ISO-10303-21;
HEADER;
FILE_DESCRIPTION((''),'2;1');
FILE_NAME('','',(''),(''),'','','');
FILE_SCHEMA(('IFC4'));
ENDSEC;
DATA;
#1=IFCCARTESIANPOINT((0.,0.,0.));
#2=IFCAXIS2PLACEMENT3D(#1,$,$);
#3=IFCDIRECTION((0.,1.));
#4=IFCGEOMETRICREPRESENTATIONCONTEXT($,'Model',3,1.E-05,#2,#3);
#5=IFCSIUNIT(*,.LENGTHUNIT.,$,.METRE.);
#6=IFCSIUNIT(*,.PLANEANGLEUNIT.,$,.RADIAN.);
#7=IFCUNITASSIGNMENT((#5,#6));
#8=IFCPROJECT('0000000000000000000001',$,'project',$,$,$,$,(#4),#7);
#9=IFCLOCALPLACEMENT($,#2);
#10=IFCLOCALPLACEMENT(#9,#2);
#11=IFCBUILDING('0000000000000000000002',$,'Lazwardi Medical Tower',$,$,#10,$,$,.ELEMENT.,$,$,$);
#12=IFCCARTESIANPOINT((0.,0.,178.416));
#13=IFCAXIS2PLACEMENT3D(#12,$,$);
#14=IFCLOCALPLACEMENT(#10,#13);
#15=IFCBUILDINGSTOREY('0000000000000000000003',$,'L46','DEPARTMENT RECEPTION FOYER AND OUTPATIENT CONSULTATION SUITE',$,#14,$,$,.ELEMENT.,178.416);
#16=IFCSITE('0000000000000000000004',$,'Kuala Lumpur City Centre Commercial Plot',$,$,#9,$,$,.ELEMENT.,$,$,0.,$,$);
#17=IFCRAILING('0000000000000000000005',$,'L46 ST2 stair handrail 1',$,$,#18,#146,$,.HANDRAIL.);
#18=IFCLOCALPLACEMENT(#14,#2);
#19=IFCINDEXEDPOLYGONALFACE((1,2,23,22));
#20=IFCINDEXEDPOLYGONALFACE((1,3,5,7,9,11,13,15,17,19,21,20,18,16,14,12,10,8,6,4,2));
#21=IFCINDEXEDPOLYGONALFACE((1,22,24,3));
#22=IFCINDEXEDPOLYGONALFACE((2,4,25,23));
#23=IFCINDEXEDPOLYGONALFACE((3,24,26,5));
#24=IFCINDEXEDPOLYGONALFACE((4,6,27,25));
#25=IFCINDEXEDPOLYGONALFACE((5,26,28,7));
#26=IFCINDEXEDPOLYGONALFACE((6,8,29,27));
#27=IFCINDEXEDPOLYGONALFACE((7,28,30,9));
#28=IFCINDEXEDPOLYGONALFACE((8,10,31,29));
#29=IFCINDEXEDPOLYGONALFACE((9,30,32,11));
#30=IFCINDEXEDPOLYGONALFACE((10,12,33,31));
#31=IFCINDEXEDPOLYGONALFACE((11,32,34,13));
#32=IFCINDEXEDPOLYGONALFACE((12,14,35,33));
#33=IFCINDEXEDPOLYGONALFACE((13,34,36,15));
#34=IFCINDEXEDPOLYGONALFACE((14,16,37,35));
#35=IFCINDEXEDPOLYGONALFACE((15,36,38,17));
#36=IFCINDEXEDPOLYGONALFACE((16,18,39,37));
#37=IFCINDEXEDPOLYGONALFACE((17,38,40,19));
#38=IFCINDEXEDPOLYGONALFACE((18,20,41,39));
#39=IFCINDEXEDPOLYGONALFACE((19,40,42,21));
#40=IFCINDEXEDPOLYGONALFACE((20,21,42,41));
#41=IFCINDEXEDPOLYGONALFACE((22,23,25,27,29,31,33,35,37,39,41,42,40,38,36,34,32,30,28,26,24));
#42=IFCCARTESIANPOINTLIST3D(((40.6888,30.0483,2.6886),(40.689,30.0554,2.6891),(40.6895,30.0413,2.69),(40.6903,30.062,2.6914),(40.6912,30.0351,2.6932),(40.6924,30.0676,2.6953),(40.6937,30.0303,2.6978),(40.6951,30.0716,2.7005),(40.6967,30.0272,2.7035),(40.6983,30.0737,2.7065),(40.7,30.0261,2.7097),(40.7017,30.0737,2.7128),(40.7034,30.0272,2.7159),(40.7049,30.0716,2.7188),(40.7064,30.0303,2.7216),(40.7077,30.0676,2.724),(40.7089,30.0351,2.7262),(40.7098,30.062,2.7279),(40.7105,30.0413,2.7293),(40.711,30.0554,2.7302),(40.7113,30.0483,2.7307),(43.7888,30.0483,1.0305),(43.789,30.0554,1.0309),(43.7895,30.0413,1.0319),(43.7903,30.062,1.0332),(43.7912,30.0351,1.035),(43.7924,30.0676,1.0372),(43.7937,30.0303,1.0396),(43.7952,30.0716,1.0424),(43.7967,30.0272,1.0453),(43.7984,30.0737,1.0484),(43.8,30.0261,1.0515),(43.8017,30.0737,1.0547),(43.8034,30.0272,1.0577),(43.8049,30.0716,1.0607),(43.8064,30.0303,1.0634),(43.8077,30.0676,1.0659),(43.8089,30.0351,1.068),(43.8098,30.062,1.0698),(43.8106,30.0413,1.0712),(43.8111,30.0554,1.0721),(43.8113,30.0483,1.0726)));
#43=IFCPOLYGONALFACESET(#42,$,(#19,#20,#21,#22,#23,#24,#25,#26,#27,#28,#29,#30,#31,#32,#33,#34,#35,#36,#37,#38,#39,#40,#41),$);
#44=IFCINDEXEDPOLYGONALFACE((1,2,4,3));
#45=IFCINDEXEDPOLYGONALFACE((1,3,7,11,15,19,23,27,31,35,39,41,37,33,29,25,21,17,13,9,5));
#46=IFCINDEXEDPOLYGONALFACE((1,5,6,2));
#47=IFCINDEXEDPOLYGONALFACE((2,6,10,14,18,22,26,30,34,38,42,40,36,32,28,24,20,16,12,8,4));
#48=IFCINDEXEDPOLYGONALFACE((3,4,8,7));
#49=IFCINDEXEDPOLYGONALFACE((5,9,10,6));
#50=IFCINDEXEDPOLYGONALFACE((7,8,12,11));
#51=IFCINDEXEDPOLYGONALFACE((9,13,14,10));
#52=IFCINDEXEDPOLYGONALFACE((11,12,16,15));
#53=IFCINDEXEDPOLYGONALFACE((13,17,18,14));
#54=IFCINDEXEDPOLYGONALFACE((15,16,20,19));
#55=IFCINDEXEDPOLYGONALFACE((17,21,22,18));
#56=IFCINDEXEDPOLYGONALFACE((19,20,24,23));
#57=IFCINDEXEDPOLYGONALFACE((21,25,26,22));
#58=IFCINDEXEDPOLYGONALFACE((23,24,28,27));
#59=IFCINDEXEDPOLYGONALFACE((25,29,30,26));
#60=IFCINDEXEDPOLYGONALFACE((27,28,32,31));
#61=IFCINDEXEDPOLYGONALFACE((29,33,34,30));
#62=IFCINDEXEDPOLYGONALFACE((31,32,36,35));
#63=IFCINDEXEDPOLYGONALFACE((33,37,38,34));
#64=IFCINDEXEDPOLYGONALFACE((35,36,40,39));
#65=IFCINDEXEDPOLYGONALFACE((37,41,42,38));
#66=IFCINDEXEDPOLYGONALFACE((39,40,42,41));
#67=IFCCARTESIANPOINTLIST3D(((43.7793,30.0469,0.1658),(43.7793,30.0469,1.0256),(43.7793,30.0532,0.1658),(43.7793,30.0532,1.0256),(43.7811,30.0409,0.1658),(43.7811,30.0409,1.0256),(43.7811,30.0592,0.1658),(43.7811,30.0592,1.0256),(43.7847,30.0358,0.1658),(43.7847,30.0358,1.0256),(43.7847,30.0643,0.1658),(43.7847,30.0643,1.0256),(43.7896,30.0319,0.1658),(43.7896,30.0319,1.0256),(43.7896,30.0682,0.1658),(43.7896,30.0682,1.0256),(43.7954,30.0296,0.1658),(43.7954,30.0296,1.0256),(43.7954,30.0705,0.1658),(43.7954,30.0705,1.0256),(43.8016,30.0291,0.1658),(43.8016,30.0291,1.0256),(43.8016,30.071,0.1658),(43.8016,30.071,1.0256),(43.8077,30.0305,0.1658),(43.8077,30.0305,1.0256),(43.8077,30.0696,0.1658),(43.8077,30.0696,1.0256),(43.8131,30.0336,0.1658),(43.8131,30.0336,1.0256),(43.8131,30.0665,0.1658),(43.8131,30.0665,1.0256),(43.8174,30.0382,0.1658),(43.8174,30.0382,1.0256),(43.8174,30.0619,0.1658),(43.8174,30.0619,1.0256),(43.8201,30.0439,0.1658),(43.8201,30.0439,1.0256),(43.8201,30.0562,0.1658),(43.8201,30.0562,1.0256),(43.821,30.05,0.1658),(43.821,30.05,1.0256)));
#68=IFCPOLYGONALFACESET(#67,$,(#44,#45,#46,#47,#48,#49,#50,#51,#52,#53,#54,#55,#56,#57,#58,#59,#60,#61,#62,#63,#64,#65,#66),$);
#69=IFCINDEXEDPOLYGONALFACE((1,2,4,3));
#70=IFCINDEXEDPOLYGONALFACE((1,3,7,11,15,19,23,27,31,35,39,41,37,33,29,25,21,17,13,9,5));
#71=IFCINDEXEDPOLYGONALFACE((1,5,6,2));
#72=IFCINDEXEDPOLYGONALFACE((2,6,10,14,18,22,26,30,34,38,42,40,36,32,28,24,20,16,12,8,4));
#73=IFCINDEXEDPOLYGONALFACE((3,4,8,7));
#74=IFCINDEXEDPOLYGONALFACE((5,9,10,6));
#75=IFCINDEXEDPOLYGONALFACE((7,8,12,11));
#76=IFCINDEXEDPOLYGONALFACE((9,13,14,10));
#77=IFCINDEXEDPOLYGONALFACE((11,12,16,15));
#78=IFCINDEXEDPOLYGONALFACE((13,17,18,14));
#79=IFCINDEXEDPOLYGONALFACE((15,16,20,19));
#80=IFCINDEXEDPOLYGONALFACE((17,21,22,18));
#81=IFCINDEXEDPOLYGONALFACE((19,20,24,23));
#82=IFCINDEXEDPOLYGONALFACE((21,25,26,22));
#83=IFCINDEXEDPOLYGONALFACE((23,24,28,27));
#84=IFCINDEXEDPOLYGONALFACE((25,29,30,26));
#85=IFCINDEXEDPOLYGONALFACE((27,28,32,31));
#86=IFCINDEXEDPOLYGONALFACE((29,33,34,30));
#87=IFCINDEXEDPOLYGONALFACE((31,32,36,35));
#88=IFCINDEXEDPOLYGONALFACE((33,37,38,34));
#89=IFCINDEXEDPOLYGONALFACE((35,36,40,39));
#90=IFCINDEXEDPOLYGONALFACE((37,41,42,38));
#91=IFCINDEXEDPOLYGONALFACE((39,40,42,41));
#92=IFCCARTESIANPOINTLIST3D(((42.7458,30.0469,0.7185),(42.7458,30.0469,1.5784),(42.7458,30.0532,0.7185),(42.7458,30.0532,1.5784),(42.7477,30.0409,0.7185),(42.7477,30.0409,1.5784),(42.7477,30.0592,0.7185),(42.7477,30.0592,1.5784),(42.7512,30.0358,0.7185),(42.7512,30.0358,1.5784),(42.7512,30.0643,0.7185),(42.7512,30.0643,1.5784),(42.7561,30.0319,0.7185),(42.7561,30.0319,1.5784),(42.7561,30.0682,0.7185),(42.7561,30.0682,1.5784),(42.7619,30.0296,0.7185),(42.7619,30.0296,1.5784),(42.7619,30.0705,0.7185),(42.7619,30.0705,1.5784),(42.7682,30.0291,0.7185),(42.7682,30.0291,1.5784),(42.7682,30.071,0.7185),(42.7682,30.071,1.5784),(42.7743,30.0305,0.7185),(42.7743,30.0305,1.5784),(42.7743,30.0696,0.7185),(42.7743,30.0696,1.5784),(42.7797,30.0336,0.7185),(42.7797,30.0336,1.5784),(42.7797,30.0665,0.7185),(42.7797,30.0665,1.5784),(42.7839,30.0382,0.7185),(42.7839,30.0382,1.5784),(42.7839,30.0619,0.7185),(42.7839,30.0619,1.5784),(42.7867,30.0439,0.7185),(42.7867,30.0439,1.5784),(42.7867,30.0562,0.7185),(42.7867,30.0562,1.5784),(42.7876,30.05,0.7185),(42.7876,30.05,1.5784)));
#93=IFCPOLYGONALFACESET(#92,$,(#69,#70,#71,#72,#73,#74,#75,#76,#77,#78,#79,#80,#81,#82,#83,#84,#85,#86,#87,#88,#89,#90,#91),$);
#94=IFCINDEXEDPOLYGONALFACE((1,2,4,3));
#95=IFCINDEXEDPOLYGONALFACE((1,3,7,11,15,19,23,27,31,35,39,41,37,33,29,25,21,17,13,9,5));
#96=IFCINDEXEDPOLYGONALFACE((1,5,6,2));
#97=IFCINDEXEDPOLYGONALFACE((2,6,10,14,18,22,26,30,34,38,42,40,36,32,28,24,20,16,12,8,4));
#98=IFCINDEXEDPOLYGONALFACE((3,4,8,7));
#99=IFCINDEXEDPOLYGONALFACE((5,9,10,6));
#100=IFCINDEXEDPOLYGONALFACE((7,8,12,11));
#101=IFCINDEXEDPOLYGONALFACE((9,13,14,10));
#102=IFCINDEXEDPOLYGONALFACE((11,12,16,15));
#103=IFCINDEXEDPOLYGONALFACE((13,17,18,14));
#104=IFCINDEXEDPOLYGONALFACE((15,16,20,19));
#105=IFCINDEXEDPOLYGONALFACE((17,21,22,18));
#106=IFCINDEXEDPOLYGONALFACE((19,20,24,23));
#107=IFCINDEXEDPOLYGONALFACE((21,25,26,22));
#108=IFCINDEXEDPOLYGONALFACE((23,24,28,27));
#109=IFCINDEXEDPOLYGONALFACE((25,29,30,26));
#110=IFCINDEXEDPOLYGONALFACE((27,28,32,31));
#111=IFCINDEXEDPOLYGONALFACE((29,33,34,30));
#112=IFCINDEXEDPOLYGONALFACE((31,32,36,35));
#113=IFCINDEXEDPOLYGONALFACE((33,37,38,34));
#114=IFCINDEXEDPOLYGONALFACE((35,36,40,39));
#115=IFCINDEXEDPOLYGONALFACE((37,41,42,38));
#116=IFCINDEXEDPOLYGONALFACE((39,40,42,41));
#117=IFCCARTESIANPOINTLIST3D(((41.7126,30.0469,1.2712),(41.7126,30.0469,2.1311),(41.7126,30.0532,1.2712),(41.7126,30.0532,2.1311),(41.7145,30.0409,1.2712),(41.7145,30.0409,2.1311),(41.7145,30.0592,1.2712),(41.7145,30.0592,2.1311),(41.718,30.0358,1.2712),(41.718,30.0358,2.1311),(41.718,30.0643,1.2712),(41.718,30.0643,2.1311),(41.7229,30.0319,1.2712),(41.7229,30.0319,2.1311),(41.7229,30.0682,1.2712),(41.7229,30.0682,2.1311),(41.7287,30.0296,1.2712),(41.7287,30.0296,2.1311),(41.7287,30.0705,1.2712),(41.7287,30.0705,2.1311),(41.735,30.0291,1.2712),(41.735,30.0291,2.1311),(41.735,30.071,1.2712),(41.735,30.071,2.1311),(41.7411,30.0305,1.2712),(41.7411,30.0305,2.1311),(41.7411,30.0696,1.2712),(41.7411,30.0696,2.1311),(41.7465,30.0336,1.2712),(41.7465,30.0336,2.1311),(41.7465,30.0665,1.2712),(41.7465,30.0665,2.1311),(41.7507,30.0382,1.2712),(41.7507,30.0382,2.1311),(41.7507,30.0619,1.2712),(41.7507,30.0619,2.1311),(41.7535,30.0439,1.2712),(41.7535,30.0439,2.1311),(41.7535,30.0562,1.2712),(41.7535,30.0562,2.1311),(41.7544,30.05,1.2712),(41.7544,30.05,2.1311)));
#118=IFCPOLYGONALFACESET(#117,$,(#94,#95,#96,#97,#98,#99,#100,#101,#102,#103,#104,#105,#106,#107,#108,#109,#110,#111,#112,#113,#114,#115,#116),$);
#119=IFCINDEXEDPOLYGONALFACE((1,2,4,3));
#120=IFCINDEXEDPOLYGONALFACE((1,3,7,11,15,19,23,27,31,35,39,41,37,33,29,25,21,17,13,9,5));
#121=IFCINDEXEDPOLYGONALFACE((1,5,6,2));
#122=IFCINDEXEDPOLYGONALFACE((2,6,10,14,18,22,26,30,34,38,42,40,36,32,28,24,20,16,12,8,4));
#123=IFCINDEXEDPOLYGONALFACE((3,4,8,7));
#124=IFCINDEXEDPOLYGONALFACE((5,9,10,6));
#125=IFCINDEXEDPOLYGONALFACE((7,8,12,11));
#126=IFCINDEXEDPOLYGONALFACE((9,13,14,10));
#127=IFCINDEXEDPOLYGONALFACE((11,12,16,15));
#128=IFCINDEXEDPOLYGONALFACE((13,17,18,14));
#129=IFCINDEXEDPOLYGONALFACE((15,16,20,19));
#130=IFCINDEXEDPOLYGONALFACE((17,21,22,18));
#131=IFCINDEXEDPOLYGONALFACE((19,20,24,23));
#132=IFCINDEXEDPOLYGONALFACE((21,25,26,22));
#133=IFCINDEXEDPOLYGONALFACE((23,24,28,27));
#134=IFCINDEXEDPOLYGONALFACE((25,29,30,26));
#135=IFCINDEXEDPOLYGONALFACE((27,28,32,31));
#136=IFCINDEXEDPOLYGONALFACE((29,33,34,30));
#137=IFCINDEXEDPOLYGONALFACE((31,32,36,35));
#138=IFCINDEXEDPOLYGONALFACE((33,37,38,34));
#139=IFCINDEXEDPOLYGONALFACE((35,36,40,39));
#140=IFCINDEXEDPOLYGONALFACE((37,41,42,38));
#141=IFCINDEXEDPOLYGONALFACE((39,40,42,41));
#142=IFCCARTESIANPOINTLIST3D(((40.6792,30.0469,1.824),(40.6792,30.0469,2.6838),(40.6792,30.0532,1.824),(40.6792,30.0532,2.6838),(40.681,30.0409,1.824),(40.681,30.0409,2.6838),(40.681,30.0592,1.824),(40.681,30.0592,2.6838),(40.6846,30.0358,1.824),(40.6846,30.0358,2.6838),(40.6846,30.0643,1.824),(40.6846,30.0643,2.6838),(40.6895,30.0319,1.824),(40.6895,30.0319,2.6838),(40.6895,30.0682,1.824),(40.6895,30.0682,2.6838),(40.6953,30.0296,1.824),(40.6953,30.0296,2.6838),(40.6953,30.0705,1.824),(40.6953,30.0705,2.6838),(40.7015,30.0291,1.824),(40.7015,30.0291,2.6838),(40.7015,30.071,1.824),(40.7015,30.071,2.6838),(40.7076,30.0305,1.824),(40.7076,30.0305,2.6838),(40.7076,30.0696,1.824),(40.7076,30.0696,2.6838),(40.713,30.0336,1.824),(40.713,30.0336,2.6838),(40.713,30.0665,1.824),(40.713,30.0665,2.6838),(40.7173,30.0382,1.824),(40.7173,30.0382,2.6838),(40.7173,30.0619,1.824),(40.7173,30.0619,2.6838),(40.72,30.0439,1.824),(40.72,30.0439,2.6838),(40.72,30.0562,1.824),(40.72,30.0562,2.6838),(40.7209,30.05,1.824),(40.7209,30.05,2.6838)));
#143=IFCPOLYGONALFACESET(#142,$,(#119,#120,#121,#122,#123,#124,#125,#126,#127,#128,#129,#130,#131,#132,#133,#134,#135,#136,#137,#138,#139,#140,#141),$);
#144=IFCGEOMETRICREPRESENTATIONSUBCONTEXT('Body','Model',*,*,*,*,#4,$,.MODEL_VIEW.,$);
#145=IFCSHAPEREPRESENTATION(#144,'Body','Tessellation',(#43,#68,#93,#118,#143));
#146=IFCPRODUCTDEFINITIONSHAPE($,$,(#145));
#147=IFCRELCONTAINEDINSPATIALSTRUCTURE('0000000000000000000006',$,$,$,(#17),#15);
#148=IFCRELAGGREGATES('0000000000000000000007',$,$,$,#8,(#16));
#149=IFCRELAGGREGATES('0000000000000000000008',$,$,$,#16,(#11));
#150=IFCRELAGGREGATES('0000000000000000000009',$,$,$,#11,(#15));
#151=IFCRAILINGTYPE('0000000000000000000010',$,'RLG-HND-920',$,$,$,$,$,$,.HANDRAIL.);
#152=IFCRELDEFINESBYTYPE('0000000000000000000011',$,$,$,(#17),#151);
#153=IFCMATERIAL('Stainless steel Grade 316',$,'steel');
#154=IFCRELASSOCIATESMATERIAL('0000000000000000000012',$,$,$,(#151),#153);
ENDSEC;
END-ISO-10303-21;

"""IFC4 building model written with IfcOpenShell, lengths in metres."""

from ifc_helpers import new_model, si_unit, direction, frame, origin, origin_2d, place, context, subcontext, project, spatial, circle, extrude, material, type_object, element, save


model = new_model("IFC4")

# Units and contexts
model_context = context("Model", 3, precision=1e-05, world=origin(), true_north=direction((0.0, 1.0)))
body_context = subcontext(model_context, "Body", "Model", "MODEL_VIEW")
ifc_project = project(units=[si_unit("LENGTHUNIT", "METRE"), si_unit("PLANEANGLEUNIT", "RADIAN")], contexts=[model_context])

# Site, building, storey
site_placement = place(None, origin())
site = spatial("IfcSite", under=ifc_project, at=site_placement, Name="Kuala Lumpur City Centre Commercial Plot", CompositionType="ELEMENT", RefElevation=0.0)
building_placement = place(site_placement, origin())
building = spatial("IfcBuilding", under=site, at=building_placement, Name="Lazwardi Medical Tower", CompositionType="ELEMENT")
storey_placement = place(building_placement, frame((0.0, 0.0, 178.416)))
storey = spatial("IfcBuildingStorey", under=building, at=storey_placement, Name="L46", Description="DEPARTMENT RECEPTION FOYER AND OUTPATIENT CONSULTATION SUITE", CompositionType="ELEMENT", Elevation=178.416)

# Railing
ifc_material_1 = material(Name="Stainless steel Grade 316", Category="steel")
railing_type_1 = type_object("IfcRailingType", Name="RLG-HND-920", PredefinedType="HANDRAIL", material=ifc_material_1)
railing_1_placement = place(storey_placement, frame((43.8, 30.05, 0.1658)))
element("IfcRailing", 1, at=railing_1_placement, inside=storey, type_object=railing_type_1, Name="L46 ST2 stair handrail 1", PredefinedType="HANDRAIL", context=body_context, shape_type="SweptSolid", body=[
    extrude(circle(Radius=0.0239, at=origin_2d()), frame((0.0, 0.0, 0.8857), z_axis=(-0.881783, 0.0, 0.471655), x_axis=(0.0, -1.0, 0.0)), (0.0, 0.0, 1.0), 3.5156),
    extrude(circle(Radius=0.021, at=origin_2d()), origin(), (0.0, 0.0, 1.0), 0.8599),
    extrude(circle(Radius=0.021, at=origin_2d()), frame((-1.0334, 0.0, 0.5527)), (0.0, 0.0, 1.0), 0.8599),
    extrude(circle(Radius=0.021, at=origin_2d()), frame((-2.0667, 0.0, 1.1055)), (0.0, 0.0, 1.0), 0.8599),
    extrude(circle(Radius=0.021, at=origin_2d()), frame((-3.1001, 0.0, 1.6582)), (0.0, 0.0, 1.0), 0.8599),
])

save(model, "model.ifc")
